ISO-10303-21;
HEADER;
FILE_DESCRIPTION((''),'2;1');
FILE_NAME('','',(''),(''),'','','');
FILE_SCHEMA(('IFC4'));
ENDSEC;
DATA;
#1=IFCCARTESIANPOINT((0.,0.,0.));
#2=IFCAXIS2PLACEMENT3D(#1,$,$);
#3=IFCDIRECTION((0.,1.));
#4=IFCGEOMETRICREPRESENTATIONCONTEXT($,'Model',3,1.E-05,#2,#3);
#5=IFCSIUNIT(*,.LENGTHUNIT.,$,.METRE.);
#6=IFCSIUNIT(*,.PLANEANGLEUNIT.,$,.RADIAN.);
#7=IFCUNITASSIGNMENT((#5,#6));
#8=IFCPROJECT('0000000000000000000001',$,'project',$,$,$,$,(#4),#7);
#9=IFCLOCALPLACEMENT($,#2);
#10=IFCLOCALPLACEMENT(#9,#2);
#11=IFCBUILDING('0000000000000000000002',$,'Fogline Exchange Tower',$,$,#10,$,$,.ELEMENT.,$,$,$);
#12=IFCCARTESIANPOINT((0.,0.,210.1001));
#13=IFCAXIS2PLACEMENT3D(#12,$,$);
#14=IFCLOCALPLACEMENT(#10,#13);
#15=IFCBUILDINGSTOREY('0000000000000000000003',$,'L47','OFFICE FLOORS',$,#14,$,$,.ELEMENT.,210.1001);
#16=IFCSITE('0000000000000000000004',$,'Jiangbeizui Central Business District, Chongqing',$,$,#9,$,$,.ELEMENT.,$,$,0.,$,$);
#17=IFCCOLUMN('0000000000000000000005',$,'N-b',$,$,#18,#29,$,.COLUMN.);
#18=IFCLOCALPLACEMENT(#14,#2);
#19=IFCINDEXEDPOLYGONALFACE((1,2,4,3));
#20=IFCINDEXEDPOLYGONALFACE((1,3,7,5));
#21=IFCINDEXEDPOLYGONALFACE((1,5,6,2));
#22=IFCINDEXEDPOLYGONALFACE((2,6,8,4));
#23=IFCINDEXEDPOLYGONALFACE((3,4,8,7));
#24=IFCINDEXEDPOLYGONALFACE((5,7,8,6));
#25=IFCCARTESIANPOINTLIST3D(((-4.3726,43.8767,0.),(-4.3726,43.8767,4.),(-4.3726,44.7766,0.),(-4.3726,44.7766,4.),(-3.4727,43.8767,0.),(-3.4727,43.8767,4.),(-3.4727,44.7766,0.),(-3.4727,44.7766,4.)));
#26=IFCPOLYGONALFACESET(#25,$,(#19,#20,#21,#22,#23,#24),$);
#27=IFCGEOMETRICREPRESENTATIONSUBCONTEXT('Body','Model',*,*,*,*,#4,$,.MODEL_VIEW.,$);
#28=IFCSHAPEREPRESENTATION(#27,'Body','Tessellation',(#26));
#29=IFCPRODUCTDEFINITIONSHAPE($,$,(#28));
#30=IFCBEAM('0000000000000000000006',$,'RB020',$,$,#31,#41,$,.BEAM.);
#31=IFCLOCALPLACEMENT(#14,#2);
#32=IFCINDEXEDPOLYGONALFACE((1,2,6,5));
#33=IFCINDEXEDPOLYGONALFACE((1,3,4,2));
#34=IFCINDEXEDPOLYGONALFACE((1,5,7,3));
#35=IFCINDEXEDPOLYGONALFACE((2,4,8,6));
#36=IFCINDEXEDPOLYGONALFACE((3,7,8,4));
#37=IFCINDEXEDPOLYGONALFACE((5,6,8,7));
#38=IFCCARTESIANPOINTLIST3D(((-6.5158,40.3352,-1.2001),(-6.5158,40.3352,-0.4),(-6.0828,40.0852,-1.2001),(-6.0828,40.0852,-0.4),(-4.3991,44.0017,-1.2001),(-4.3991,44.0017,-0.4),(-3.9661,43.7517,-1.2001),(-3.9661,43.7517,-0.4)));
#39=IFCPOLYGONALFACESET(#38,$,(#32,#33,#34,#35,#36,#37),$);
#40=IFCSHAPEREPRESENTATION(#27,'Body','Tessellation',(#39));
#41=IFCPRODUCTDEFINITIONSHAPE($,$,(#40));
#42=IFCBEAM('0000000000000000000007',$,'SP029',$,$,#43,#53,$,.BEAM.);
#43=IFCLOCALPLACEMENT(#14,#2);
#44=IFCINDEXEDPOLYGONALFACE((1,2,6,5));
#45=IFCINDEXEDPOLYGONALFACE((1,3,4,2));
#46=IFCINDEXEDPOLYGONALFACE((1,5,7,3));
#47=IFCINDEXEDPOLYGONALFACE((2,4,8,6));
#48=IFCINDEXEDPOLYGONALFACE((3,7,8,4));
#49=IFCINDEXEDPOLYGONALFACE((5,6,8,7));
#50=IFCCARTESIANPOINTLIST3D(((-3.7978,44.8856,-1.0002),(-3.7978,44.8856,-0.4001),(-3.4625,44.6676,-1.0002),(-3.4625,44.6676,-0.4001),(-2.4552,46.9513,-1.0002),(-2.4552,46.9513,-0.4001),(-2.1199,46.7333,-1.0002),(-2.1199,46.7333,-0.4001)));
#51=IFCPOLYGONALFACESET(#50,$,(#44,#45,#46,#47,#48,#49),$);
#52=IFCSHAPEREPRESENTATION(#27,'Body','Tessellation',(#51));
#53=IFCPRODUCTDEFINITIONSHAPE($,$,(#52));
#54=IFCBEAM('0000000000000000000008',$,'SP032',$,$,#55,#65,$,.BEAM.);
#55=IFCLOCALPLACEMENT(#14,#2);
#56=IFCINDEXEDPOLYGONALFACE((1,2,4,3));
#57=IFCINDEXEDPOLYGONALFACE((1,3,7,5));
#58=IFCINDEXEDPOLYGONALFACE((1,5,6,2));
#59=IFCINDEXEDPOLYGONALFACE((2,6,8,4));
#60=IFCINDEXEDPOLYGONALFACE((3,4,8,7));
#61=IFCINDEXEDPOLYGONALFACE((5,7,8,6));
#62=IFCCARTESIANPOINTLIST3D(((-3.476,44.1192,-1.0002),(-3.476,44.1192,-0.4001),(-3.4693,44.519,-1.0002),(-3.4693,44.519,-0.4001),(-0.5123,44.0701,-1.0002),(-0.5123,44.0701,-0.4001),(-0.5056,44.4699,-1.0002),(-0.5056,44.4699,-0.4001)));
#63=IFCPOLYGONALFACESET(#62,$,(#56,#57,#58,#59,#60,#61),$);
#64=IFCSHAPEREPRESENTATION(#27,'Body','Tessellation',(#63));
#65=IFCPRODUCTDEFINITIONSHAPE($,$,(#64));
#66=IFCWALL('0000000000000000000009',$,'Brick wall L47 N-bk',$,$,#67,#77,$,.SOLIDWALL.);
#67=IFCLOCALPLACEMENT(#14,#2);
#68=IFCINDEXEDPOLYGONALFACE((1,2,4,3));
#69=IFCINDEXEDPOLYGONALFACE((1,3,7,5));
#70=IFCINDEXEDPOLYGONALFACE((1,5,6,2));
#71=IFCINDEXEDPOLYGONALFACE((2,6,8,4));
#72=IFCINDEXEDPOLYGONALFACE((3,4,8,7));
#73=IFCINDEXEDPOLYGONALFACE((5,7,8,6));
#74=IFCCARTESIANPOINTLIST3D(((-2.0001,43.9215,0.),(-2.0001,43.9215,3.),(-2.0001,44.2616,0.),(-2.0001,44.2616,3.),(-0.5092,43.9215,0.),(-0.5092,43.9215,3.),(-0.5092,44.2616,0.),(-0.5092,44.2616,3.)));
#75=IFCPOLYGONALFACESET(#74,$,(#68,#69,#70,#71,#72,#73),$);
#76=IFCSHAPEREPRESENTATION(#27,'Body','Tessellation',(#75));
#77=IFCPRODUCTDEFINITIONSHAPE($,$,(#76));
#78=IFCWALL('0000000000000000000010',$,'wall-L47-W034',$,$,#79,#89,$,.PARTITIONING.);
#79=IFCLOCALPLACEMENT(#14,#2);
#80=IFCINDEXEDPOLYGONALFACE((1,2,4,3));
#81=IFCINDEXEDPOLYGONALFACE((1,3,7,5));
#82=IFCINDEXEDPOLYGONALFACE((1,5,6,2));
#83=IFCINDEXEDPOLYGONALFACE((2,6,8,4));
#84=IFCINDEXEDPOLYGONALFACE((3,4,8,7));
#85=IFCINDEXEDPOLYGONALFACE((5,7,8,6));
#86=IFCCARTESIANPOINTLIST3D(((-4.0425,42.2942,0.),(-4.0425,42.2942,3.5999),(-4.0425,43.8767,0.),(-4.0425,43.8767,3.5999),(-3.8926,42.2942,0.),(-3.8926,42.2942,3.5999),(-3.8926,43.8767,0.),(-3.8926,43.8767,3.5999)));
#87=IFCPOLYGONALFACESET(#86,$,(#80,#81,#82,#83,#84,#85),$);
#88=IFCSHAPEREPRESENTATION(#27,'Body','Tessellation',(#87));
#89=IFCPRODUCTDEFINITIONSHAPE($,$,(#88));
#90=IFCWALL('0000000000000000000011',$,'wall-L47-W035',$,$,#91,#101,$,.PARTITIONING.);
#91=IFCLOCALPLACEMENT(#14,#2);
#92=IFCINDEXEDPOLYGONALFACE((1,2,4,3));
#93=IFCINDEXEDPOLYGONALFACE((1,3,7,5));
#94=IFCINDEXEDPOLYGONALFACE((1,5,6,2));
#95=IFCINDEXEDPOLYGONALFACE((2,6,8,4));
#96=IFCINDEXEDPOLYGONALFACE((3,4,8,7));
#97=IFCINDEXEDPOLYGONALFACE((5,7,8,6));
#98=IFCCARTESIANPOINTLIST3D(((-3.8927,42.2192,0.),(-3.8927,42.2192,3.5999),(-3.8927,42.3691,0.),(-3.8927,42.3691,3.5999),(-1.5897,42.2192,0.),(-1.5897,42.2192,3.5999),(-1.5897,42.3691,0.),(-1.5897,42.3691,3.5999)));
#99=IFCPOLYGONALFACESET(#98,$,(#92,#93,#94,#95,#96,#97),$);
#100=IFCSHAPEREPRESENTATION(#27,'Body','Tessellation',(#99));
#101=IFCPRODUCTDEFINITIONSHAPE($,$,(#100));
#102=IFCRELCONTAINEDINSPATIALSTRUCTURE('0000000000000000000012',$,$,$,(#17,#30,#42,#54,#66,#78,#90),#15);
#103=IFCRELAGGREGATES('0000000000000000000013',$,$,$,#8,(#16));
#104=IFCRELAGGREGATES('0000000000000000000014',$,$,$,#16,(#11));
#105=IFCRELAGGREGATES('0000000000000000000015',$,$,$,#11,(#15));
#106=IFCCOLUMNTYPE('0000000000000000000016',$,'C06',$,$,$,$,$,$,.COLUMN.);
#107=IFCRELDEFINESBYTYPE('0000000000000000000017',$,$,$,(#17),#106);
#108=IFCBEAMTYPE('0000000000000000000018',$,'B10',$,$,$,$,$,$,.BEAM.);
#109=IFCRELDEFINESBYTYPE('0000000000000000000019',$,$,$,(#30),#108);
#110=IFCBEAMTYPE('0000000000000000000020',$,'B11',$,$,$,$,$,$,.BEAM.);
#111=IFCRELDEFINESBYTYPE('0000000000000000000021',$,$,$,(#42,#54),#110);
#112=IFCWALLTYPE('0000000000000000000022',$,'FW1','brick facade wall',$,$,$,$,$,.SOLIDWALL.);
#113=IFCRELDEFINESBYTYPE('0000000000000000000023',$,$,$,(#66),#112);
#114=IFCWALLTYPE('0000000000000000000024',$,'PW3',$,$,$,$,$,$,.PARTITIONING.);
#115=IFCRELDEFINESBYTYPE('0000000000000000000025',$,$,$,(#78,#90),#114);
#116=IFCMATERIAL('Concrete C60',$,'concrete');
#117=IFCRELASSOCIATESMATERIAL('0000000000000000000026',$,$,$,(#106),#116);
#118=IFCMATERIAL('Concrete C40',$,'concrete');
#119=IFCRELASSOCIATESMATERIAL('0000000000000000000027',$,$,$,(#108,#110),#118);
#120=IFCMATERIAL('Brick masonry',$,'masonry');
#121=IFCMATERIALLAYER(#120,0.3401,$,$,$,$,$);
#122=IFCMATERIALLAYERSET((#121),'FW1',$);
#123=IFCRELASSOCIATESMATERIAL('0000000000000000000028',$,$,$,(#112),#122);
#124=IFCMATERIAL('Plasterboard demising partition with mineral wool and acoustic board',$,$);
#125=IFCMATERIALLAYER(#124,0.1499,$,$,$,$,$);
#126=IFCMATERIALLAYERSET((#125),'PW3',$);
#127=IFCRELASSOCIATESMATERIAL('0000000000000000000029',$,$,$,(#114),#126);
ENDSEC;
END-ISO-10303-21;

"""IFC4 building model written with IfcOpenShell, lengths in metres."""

from ifc_helpers import new_model, si_unit, direction, frame, frame_2d, origin, origin_2d, place, context, subcontext, project, spatial, rectangle, extrude, material, layer, layer_set, material_profile, profile_set, type_object, element, save


model = new_model("IFC4")

# Units and contexts
model_context = context("Model", 3, precision=1e-05, world=origin(), true_north=direction((0.0, 1.0)))
body_context = subcontext(model_context, "Body", "Model", "MODEL_VIEW")
ifc_project = project(units=[si_unit("LENGTHUNIT", "METRE"), si_unit("PLANEANGLEUNIT", "RADIAN")], contexts=[model_context])

# Site, building, storey
site_placement = place(None, origin())
site = spatial("IfcSite", under=ifc_project, at=site_placement, Name="Jiangbeizui Central Business District, Chongqing", CompositionType="ELEMENT", RefElevation=0.0)
building_placement = place(site_placement, origin())
building = spatial("IfcBuilding", under=site, at=building_placement, Name="Fogline Exchange Tower", CompositionType="ELEMENT")
storey_placement = place(building_placement, frame((0.0, 0.0, 210.1001)))
storey = spatial("IfcBuildingStorey", under=building, at=storey_placement, Name="L47", Description="OFFICE FLOORS", CompositionType="ELEMENT", Elevation=210.1001)

# Column
ifc_material_1 = material(Name="Concrete C60", Category="concrete")
ifc_material_profile_1 = material_profile(ifc_material_1, rectangle(XDim=0.8999, YDim=0.8999, at=origin_2d()), Name="RC 900x900")
ifc_profile_set_1 = profile_set([ifc_material_profile_1], Name="Concrete C60")
column_type = type_object("IfcColumnType", Name="C06", PredefinedType="COLUMN", material=ifc_profile_set_1)
column_placement = place(storey_placement, frame((-3.9226, 44.3267, 0.0), z_axis=(0.0, 0.0, 1.0), x_axis=(1.0, 0.0, 0.0)))
element("IfcColumn", 1, at=column_placement, inside=storey, type_object=column_type, Name="N-b", PredefinedType="COLUMN", context=body_context, shape_type="SweptSolid", body=[
    extrude(rectangle(XDim=0.8999, YDim=0.8999, at=origin_2d()), origin(), (0.0, 0.0, 1.0), 4.0),
])

# Beams
ifc_material_2 = material(Name="Concrete C40", Category="concrete")
ifc_material_profile_2 = material_profile(ifc_material_2, rectangle(XDim=0.5, YDim=0.8, at=origin_2d()), Name="RC 500x800")
ifc_profile_set_2 = profile_set([ifc_material_profile_2], Name="Concrete C40")
beam_type_1 = type_object("IfcBeamType", Name="B10", PredefinedType="BEAM", material=ifc_profile_set_2)
beam_1_placement = place(storey_placement, frame((-4.1826, 43.8767, -0.8), z_axis=(-0.499972, -0.866042, 0.0), x_axis=(0.866042, -0.499972, 0.0)))
element("IfcBeam", 2, at=beam_1_placement, inside=storey, type_object=beam_type_1, Name="RB020", PredefinedType="BEAM", context=body_context, shape_type="SweptSolid", body=[
    extrude(rectangle(XDim=0.5, YDim=0.8, at=origin_2d()), origin(), (0.0, 0.0, 1.0), 4.2336),
])
ifc_material_profile_3 = material_profile(ifc_material_2, rectangle(XDim=0.3999, YDim=0.6001, at=origin_2d()), Name="RC 400x600")
ifc_profile_set_3 = profile_set([ifc_material_profile_3], Name="Concrete C40")
beam_type_2 = type_object("IfcBeamType", Name="B11", PredefinedType="BEAM", material=ifc_profile_set_3)
beam_2_placement = place(storey_placement, frame((-3.6301, 44.7766, -0.7002), z_axis=(0.544943, 0.838473, 0.0), x_axis=(-0.838473, 0.544943, 0.0)))
element("IfcBeam", 3, at=beam_2_placement, inside=storey, type_object=beam_type_2, Name="SP029", PredefinedType="BEAM", context=body_context, shape_type="SweptSolid", body=[
    extrude(rectangle(XDim=0.3999, YDim=0.6001, at=origin_2d()), origin(), (0.0, 0.0, 1.0), 2.4636),
])
beam_3_placement = place(storey_placement, frame((-3.4727, 44.3191, -0.7002), z_axis=(0.999863, -0.016556, 0.0), x_axis=(0.016556, 0.999863, 0.0)))
element("IfcBeam", 4, at=beam_3_placement, inside=storey, type_object=beam_type_2, Name="SP032", PredefinedType="BEAM", context=body_context, shape_type="SweptSolid", body=[
    extrude(rectangle(XDim=0.3999, YDim=0.6001, at=origin_2d()), origin(), (0.0, 0.0, 1.0), 2.9641),
])

# Wall
ifc_material_3 = material(Name="Brick masonry", Category="masonry")
ifc_layer_1 = layer(ifc_material_3, 0.3401)
ifc_layer_set_1 = layer_set([ifc_layer_1], Name="FW1")
wall_type_1 = type_object("IfcWallType", Name="FW1", Description="brick facade wall", PredefinedType="SOLIDWALL", material=ifc_layer_set_1)
wall_1_placement = place(storey_placement, frame((-0.509, 44.0916, 0.0), z_axis=(0.0, 0.0, 1.0), x_axis=(-1.0, 0.0, 0.0)))
element("IfcWall", 5, at=wall_1_placement, inside=storey, type_object=wall_type_1, Name="Brick wall L47 N-bk", PredefinedType="SOLIDWALL", context=body_context, shape_type="SweptSolid", body=[
    extrude(rectangle(XDim=1.491, YDim=0.3401, at=frame_2d((0.7456, 0.0))), origin(), (0.0, 0.0, 1.0), 3.0),
])

# Walls
ifc_material_4 = material(Name="Plasterboard demising partition with mineral wool and acoustic board")
ifc_layer_2 = layer(ifc_material_4, 0.1499)
ifc_layer_set_2 = layer_set([ifc_layer_2], Name="PW3")
wall_type_2 = type_object("IfcWallType", Name="PW3", PredefinedType="PARTITIONING", material=ifc_layer_set_2)
wall_2_placement = place(storey_placement, frame((-3.9675, 43.8767, 0.0), z_axis=(0.0, 0.0, 1.0), x_axis=(0.0, -1.0, 0.0)))
element("IfcWall", 6, at=wall_2_placement, inside=storey, type_object=wall_type_2, Name="wall-L47-W034", PredefinedType="PARTITIONING", context=body_context, shape_type="SweptSolid", body=[
    extrude(rectangle(XDim=1.5825, YDim=0.1499, at=frame_2d((0.7913, 0.0))), origin(), (0.0, 0.0, 1.0), 3.5999),
])
wall_3_placement = place(storey_placement, frame((-3.8926, 42.2942, 0.0), z_axis=(0.0, 0.0, 1.0), x_axis=(1.0, 0.0, 0.0)))
element("IfcWall", 7, at=wall_3_placement, inside=storey, type_object=wall_type_2, Name="wall-L47-W035", PredefinedType="PARTITIONING", context=body_context, shape_type="SweptSolid", body=[
    extrude(rectangle(XDim=2.303, YDim=0.1499, at=frame_2d((1.1514, 0.0))), origin(), (0.0, 0.0, 1.0), 3.5999),
])

save(model, "model.ifc")
